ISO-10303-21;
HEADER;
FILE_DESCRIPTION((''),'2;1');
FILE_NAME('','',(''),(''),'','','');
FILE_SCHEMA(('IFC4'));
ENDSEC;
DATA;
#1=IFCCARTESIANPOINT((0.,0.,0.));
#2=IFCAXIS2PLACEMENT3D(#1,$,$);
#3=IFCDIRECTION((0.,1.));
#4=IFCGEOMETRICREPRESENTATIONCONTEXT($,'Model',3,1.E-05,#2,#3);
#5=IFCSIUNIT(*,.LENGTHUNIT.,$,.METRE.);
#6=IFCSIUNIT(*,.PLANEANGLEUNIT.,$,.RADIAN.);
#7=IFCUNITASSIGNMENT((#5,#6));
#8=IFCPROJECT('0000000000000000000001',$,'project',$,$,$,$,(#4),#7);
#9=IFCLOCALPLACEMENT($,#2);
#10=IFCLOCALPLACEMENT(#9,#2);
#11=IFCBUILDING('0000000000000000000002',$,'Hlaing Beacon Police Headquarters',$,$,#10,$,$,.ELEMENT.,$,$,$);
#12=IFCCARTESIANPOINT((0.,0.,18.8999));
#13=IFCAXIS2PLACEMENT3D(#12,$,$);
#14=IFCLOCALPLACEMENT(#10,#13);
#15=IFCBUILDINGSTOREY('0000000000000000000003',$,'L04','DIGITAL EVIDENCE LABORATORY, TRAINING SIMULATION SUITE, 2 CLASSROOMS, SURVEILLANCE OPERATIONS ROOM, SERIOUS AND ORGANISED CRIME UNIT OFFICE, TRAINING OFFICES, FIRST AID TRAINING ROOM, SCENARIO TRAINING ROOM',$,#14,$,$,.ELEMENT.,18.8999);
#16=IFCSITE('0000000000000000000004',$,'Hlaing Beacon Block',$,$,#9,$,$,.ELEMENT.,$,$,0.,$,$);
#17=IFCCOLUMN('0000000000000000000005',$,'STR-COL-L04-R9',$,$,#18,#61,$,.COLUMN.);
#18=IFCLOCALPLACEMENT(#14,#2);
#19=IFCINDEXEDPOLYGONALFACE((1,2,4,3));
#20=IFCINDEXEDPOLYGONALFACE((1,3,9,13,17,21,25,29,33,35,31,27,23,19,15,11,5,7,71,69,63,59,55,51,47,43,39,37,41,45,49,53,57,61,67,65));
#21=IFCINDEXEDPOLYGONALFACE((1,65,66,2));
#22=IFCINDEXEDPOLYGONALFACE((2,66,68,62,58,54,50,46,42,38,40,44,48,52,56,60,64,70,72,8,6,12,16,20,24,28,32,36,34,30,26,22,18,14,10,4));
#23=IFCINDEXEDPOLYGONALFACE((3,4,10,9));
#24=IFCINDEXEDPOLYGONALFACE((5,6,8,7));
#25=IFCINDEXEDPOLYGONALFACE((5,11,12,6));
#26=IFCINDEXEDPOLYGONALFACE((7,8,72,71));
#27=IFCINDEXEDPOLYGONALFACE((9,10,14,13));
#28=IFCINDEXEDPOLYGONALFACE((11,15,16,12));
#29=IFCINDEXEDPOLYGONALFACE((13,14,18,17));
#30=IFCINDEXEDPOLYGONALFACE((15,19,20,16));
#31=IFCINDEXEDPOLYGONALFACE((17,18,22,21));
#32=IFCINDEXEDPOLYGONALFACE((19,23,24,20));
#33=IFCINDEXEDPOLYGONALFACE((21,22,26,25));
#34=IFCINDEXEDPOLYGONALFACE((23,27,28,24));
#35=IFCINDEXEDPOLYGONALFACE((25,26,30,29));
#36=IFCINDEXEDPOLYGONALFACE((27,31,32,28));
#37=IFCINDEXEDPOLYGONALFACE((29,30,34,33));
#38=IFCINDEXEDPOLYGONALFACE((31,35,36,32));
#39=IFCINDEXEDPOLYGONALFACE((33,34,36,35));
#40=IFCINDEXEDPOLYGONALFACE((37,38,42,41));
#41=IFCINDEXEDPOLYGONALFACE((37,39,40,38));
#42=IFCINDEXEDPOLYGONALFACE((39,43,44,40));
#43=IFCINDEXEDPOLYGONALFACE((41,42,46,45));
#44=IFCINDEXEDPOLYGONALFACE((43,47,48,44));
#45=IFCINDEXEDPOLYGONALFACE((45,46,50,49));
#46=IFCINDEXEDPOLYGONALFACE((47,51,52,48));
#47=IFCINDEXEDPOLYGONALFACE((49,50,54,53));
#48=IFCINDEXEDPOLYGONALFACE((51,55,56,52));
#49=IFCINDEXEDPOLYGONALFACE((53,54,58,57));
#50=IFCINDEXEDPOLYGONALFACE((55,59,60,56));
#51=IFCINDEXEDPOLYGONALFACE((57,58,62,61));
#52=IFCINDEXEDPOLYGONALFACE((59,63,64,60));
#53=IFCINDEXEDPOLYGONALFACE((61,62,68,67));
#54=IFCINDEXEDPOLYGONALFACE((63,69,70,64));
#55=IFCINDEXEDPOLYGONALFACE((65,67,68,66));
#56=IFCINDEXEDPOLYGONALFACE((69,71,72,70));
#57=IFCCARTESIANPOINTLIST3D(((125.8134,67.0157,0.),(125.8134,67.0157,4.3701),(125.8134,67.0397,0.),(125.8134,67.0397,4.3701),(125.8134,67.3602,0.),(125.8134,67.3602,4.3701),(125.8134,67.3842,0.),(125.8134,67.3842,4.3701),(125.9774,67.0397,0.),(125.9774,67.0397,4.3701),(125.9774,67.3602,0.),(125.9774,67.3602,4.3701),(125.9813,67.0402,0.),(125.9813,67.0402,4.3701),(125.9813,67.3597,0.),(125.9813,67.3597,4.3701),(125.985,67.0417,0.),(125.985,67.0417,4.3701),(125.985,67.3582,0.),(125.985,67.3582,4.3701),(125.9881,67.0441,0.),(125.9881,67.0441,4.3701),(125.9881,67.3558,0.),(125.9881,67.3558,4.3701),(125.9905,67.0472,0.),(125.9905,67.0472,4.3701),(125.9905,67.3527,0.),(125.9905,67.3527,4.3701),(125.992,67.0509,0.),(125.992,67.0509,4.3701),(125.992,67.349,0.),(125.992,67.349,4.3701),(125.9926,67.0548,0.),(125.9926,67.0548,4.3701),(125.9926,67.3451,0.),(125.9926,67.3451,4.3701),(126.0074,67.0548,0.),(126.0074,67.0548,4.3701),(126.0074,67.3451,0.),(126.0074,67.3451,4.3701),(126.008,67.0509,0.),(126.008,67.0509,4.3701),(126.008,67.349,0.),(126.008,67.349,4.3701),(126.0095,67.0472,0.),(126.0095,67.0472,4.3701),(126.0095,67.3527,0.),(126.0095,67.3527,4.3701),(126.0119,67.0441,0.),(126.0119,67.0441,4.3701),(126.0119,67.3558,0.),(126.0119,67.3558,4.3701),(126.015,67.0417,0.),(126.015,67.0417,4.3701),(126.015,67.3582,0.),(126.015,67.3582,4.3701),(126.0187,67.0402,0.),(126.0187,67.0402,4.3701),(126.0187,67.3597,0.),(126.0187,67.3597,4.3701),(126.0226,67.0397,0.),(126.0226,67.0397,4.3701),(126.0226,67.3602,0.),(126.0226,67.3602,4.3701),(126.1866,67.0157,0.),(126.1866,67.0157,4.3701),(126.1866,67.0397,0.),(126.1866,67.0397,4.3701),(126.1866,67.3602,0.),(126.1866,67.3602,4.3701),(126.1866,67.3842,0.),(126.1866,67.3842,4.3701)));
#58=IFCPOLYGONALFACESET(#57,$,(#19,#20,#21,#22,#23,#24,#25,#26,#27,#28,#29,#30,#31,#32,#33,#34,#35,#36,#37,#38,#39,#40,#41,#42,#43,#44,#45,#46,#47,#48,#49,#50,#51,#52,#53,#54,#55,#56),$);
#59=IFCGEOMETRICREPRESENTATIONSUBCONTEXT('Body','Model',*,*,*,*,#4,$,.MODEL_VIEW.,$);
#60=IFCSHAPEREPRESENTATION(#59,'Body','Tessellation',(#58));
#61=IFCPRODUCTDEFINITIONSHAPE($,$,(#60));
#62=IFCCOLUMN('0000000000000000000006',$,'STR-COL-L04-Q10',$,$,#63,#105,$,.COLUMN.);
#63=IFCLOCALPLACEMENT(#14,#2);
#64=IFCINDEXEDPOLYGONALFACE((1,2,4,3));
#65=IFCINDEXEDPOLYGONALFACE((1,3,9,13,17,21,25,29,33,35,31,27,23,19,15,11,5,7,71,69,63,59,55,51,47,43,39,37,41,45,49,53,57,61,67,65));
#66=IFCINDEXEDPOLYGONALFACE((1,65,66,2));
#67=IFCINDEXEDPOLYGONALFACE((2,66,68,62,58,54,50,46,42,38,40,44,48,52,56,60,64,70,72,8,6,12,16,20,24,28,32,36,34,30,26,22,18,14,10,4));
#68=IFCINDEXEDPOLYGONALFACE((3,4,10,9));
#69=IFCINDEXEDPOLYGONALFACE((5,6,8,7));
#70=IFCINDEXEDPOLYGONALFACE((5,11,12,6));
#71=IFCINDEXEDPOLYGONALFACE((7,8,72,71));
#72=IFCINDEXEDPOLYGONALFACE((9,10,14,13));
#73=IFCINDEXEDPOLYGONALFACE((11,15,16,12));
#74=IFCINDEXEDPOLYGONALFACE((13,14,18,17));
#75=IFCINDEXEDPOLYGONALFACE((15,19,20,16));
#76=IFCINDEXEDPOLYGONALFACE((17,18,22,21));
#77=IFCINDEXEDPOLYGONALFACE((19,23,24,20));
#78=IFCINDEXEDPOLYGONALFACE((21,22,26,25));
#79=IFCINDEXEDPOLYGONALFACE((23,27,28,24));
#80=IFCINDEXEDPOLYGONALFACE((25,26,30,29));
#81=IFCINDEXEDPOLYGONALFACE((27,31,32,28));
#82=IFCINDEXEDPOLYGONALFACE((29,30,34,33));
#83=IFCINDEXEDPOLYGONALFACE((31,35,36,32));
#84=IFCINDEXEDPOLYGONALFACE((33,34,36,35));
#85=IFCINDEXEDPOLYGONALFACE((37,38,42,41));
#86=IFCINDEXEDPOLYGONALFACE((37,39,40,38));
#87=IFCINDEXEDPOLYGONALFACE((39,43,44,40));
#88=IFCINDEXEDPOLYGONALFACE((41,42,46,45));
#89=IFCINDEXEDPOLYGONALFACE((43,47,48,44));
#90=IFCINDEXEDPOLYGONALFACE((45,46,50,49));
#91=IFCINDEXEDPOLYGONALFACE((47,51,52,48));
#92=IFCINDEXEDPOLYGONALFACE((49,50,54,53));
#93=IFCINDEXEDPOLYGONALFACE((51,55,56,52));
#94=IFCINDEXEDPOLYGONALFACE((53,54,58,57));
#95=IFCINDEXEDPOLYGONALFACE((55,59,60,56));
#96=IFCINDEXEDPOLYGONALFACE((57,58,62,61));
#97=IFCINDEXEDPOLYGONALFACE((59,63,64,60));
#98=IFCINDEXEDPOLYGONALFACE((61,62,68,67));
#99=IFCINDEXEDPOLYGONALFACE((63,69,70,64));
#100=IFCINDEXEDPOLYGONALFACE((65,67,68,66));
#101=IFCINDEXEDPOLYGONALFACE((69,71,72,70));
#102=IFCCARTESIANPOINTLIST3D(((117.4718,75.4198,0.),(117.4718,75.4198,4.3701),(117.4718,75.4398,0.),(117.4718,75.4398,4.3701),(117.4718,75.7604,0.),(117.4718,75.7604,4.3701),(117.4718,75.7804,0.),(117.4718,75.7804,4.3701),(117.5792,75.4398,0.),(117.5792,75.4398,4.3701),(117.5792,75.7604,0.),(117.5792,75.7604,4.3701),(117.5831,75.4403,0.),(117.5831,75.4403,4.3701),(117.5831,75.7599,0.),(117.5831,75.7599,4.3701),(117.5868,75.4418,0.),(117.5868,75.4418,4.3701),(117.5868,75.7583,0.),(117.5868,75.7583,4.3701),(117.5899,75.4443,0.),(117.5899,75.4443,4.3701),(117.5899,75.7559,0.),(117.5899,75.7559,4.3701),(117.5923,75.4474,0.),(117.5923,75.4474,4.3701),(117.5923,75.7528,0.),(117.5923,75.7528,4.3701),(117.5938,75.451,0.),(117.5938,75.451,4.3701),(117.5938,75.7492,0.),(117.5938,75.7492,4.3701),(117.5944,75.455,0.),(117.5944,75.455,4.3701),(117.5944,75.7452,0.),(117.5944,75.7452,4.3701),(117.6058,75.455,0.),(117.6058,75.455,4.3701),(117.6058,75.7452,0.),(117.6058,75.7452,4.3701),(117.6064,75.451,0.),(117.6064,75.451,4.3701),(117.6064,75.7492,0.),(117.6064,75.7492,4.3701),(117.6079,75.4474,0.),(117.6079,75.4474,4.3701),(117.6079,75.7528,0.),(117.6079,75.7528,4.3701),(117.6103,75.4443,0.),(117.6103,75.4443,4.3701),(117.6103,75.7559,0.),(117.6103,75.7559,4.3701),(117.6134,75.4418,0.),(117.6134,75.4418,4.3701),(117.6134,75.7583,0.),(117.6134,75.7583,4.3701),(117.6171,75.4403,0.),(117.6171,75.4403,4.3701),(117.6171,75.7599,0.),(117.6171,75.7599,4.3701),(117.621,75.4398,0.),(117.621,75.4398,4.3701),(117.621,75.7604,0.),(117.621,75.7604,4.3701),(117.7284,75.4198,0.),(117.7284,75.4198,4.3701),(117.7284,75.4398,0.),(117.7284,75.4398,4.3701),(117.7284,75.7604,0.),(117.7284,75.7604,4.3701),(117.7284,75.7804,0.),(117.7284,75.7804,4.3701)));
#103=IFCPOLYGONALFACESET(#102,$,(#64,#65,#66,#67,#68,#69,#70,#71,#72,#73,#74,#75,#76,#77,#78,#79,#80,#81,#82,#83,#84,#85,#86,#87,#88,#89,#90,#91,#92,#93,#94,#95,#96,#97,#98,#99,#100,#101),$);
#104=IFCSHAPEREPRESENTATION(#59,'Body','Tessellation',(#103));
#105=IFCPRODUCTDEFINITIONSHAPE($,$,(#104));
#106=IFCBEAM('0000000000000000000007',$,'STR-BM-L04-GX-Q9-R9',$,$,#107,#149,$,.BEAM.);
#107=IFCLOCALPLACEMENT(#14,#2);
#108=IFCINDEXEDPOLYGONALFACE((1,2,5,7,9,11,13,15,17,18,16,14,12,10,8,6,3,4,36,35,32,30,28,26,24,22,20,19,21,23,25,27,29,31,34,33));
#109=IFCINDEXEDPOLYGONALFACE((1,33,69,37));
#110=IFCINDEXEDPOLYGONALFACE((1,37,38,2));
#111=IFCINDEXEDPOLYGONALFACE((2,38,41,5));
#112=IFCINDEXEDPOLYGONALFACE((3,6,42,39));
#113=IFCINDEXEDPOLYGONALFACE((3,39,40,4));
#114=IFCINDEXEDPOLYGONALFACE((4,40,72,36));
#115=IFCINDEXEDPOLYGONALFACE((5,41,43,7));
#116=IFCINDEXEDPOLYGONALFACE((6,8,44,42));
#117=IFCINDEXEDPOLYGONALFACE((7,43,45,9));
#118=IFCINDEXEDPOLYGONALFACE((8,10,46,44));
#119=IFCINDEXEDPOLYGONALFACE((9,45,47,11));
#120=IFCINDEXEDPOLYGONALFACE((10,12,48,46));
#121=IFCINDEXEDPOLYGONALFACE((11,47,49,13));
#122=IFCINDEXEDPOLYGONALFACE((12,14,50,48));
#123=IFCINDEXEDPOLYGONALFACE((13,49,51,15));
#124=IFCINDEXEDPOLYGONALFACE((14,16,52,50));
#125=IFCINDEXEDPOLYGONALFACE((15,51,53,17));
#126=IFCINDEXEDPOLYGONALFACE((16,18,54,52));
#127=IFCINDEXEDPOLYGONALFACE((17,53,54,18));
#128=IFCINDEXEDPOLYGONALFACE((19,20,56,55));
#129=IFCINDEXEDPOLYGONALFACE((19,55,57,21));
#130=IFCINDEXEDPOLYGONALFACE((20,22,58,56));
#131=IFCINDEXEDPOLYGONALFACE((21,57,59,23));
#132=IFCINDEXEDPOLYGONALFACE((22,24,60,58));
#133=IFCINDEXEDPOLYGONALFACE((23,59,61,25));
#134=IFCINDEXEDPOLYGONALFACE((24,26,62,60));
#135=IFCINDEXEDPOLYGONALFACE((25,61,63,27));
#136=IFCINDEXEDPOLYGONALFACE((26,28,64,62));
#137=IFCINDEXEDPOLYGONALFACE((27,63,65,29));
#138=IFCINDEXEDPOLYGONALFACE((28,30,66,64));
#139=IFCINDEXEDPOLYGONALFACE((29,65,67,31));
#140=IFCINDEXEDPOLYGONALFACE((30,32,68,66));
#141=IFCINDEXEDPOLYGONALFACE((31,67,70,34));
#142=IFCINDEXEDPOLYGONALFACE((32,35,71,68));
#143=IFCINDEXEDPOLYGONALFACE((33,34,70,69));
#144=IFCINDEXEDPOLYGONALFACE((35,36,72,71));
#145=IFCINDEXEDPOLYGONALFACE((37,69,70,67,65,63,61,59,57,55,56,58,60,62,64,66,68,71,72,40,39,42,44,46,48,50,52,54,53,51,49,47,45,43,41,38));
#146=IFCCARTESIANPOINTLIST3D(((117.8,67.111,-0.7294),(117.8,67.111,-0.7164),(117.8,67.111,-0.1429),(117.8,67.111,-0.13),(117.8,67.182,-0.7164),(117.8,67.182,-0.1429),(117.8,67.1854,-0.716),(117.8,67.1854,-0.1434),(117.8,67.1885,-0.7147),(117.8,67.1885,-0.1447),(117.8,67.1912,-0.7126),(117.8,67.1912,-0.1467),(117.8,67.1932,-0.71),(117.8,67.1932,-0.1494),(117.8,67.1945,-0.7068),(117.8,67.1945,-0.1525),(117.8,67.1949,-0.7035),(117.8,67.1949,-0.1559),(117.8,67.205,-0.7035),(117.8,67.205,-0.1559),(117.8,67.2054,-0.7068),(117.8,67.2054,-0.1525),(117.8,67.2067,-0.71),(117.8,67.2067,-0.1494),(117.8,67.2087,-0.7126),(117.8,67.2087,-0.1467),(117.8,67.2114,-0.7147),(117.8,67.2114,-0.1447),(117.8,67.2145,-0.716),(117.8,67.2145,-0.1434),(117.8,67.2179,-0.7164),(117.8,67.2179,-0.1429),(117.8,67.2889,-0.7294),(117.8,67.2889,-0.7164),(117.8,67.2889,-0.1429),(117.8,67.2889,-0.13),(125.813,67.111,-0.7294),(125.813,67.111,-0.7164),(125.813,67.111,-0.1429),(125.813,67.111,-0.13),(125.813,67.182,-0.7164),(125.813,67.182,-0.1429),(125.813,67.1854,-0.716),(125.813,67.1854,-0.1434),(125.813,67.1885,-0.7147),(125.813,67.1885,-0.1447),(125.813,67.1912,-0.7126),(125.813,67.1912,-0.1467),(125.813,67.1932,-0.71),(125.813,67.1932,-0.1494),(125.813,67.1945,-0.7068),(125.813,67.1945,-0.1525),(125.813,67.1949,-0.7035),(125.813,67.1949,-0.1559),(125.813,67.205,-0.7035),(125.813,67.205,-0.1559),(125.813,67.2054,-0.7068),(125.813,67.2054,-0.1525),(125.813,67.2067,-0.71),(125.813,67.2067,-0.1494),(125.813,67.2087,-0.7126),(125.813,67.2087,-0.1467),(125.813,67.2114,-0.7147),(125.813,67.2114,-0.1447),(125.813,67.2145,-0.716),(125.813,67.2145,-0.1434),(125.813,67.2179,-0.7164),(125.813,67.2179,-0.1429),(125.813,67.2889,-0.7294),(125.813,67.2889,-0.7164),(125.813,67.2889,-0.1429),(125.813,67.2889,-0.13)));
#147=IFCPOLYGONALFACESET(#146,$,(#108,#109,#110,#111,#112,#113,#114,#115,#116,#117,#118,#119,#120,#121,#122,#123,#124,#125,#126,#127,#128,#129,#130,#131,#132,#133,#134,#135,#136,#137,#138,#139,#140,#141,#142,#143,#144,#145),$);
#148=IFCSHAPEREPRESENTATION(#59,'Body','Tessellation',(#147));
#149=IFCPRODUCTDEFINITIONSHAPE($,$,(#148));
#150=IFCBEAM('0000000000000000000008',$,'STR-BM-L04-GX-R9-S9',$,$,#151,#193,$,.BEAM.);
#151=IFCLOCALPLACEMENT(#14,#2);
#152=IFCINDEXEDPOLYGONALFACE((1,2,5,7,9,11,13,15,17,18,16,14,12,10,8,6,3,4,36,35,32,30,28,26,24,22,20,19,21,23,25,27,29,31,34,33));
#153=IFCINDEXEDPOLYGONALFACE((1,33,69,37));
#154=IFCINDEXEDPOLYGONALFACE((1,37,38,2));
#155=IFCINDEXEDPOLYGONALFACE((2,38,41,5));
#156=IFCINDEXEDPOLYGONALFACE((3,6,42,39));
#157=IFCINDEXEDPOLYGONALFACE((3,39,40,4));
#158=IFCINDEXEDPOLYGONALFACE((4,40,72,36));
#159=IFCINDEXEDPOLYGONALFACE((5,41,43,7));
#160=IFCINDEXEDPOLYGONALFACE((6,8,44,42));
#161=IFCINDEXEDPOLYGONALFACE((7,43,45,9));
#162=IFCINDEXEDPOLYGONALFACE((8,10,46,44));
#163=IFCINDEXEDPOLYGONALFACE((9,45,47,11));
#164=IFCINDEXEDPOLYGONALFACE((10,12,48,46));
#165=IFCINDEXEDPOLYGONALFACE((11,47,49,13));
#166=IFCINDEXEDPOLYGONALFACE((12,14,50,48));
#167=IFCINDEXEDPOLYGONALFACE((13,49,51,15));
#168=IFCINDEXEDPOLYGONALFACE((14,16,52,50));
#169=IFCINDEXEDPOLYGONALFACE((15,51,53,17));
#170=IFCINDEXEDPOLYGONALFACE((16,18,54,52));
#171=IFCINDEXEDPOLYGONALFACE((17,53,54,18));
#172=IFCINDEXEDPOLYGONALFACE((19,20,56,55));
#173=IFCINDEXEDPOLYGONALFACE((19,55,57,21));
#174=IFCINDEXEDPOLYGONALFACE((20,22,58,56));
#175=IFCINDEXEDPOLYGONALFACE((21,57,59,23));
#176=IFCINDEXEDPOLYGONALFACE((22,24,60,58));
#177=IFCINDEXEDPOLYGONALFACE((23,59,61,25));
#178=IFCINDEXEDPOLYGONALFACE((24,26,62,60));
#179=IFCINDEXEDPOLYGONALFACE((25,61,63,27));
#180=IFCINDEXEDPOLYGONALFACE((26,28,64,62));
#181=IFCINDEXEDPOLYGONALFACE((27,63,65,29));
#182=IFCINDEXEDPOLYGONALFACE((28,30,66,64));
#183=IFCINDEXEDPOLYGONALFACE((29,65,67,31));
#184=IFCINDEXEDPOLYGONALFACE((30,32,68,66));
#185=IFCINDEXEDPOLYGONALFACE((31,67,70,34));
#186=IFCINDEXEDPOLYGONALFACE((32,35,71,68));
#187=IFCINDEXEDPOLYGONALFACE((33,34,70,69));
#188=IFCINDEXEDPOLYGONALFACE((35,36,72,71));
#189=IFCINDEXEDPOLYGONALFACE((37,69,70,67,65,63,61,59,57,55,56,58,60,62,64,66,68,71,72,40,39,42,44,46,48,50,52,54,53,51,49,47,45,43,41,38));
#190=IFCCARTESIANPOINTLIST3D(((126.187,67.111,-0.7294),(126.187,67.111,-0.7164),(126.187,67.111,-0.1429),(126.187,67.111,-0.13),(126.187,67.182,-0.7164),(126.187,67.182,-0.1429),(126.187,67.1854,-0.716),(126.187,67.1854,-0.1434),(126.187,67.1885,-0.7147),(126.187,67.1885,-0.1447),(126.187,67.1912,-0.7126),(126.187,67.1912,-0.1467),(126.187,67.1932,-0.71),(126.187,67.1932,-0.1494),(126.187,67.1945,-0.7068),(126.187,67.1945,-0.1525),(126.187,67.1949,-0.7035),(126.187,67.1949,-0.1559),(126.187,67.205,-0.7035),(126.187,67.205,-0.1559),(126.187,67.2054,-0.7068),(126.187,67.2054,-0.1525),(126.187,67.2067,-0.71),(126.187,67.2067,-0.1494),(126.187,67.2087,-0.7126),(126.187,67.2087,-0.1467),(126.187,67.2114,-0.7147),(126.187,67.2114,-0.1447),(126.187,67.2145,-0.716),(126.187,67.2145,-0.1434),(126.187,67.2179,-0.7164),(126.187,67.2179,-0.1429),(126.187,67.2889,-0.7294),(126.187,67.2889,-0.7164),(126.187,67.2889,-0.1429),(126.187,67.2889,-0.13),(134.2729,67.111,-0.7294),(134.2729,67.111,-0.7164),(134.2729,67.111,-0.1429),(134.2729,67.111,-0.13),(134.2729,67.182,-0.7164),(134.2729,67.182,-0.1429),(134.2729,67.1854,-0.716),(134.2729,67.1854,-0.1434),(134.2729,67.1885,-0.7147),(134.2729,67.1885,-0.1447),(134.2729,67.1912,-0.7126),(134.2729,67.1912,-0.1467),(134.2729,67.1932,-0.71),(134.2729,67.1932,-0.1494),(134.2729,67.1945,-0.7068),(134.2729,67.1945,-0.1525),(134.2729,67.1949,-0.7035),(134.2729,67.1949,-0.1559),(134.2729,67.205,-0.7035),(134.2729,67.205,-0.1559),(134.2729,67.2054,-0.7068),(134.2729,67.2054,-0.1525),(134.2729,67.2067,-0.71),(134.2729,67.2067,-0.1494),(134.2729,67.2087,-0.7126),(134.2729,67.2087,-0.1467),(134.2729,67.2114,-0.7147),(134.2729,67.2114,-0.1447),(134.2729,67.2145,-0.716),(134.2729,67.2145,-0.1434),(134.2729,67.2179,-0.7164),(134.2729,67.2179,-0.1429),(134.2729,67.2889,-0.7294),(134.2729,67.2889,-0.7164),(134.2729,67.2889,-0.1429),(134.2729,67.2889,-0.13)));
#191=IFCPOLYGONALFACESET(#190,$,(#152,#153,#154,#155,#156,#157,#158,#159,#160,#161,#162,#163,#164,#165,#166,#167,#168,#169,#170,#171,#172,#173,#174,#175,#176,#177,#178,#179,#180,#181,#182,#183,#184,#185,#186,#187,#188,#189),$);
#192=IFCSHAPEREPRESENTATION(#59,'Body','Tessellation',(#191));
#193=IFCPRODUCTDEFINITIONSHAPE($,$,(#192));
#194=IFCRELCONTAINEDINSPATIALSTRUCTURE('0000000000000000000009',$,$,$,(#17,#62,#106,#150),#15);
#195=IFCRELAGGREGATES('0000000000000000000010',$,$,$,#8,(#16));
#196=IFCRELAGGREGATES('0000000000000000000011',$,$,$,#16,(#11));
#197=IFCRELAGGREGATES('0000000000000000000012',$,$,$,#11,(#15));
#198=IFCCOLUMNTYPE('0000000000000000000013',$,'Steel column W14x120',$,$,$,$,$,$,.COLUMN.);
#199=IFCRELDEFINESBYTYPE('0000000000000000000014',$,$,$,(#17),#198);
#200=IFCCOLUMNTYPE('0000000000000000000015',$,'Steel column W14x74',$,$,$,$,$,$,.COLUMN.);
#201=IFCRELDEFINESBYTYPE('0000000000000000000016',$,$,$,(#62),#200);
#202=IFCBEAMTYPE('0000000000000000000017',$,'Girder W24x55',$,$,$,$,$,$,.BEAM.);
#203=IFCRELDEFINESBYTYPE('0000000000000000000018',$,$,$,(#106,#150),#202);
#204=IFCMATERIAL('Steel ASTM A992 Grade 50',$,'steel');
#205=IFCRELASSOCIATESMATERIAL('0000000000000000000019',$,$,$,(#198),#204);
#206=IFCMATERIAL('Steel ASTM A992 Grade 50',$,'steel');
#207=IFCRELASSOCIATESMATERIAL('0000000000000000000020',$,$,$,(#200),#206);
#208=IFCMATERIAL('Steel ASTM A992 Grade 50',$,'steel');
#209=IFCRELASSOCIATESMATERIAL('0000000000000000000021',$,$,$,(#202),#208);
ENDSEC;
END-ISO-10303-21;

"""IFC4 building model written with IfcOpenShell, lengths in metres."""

from ifc_helpers import new_model, si_unit, direction, frame, origin, origin_2d, place, context, subcontext, project, spatial, i_section, extrude, material, material_profile, profile_set, type_object, element, save


model = new_model("IFC4")

# Units and contexts
model_context = context("Model", 3, precision=1e-05, world=origin(), true_north=direction((0.0, 1.0)))
body_context = subcontext(model_context, "Body", "Model", "MODEL_VIEW")
ifc_project = project(units=[si_unit("LENGTHUNIT", "METRE"), si_unit("PLANEANGLEUNIT", "RADIAN")], contexts=[model_context])

# Site, building, storey
site_placement = place(None, origin())
site = spatial("IfcSite", under=ifc_project, at=site_placement, Name="Hlaing Beacon Block", CompositionType="ELEMENT", RefElevation=0.0)
building_placement = place(site_placement, origin())
building = spatial("IfcBuilding", under=site, at=building_placement, Name="Hlaing Beacon Police Headquarters", CompositionType="ELEMENT")
storey_placement = place(building_placement, frame((0.0, 0.0, 18.8999)))
storey = spatial("IfcBuildingStorey", under=building, at=storey_placement, Name="L04", Description="DIGITAL EVIDENCE LABORATORY, TRAINING SIMULATION SUITE, 2 CLASSROOMS, SURVEILLANCE OPERATIONS ROOM, SERIOUS AND ORGANISED CRIME UNIT OFFICE, TRAINING OFFICES, FIRST AID TRAINING ROOM, SCENARIO TRAINING ROOM", CompositionType="ELEMENT", Elevation=18.8999)

# Columns
ifc_material_1 = material(Name="Steel ASTM A992 Grade 50", Category="steel")
ifc_material_profile_1 = material_profile(ifc_material_1, i_section(OverallWidth=0.3733, OverallDepth=0.3684, WebThickness=0.0149, FlangeThickness=0.0239, FilletRadius=0.0151, at=origin_2d()), Name="W14x120")
ifc_profile_set_1 = profile_set([ifc_material_profile_1], Name="Steel ASTM A992 Grade 50")
column_type_1 = type_object("IfcColumnType", Name="Steel column W14x120", PredefinedType="COLUMN", material=ifc_profile_set_1)
column_1_placement = place(storey_placement, frame((126.0, 67.2, 0.0), z_axis=(0.0, 0.0, 1.0), x_axis=(1.0, 0.0, 0.0)))
element("IfcColumn", 1, at=column_1_placement, inside=storey, type_object=column_type_1, Name="STR-COL-L04-R9", PredefinedType="COLUMN", context=body_context, shape_type="SweptSolid", body=[
    extrude(i_section(OverallWidth=0.3733, OverallDepth=0.3684, WebThickness=0.0149, FlangeThickness=0.0239, FilletRadius=0.0151, at=origin_2d()), origin(), (0.0, 0.0, 1.0), 4.3701),
])
ifc_material_2 = material(Name="Steel ASTM A992 Grade 50", Category="steel")
ifc_material_profile_2 = material_profile(ifc_material_2, i_section(OverallWidth=0.2566, OverallDepth=0.3606, WebThickness=0.0115, FlangeThickness=0.02, FilletRadius=0.0151, at=origin_2d()), Name="W14x74")
ifc_profile_set_2 = profile_set([ifc_material_profile_2], Name="Steel ASTM A992 Grade 50")
column_type_2 = type_object("IfcColumnType", Name="Steel column W14x74", PredefinedType="COLUMN", material=ifc_profile_set_2)
column_2_placement = place(storey_placement, frame((117.6001, 75.6001, 0.0), z_axis=(0.0, 0.0, 1.0), x_axis=(1.0, 0.0, 0.0)))
element("IfcColumn", 2, at=column_2_placement, inside=storey, type_object=column_type_2, Name="STR-COL-L04-Q10", PredefinedType="COLUMN", context=body_context, shape_type="SweptSolid", body=[
    extrude(i_section(OverallWidth=0.2566, OverallDepth=0.3606, WebThickness=0.0115, FlangeThickness=0.02, FilletRadius=0.0151, at=origin_2d()), origin(), (0.0, 0.0, 1.0), 4.3701),
])

# Beams
ifc_material_3 = material(Name="Steel ASTM A992 Grade 50", Category="steel")
ifc_material_profile_3 = material_profile(ifc_material_3, i_section(OverallWidth=0.178, OverallDepth=0.5994, WebThickness=0.01, FlangeThickness=0.0129, FilletRadius=0.0129, at=origin_2d()), Name="W24x55")
ifc_profile_set_3 = profile_set([ifc_material_profile_3], Name="Steel ASTM A992 Grade 50")
beam_type_1 = type_object("IfcBeamType", Name="Girder W24x55", PredefinedType="BEAM", material=ifc_profile_set_3)
beam_1_placement = place(storey_placement, frame((117.8, 67.2, -0.4297), z_axis=(1.0, 0.0, 0.0), x_axis=(0.0, 1.0, 0.0)))
element("IfcBeam", 3, at=beam_1_placement, inside=storey, type_object=beam_type_1, Name="STR-BM-L04-GX-Q9-R9", PredefinedType="BEAM", context=body_context, shape_type="SweptSolid", body=[
    extrude(i_section(OverallWidth=0.178, OverallDepth=0.5994, WebThickness=0.01, FlangeThickness=0.0129, FilletRadius=0.0129, at=origin_2d()), origin(), (0.0, 0.0, 1.0), 8.0129),
])
beam_2_placement = place(storey_placement, frame((126.187, 67.2, -0.4297), z_axis=(1.0, 0.0, 0.0), x_axis=(0.0, 1.0, 0.0)))
element("IfcBeam", 4, at=beam_2_placement, inside=storey, type_object=beam_type_1, Name="STR-BM-L04-GX-R9-S9", PredefinedType="BEAM", context=body_context, shape_type="SweptSolid", body=[
    extrude(i_section(OverallWidth=0.178, OverallDepth=0.5994, WebThickness=0.01, FlangeThickness=0.0129, FilletRadius=0.0129, at=origin_2d()), origin(), (0.0, 0.0, 1.0), 8.0859),
])

save(model, "model.ifc")
